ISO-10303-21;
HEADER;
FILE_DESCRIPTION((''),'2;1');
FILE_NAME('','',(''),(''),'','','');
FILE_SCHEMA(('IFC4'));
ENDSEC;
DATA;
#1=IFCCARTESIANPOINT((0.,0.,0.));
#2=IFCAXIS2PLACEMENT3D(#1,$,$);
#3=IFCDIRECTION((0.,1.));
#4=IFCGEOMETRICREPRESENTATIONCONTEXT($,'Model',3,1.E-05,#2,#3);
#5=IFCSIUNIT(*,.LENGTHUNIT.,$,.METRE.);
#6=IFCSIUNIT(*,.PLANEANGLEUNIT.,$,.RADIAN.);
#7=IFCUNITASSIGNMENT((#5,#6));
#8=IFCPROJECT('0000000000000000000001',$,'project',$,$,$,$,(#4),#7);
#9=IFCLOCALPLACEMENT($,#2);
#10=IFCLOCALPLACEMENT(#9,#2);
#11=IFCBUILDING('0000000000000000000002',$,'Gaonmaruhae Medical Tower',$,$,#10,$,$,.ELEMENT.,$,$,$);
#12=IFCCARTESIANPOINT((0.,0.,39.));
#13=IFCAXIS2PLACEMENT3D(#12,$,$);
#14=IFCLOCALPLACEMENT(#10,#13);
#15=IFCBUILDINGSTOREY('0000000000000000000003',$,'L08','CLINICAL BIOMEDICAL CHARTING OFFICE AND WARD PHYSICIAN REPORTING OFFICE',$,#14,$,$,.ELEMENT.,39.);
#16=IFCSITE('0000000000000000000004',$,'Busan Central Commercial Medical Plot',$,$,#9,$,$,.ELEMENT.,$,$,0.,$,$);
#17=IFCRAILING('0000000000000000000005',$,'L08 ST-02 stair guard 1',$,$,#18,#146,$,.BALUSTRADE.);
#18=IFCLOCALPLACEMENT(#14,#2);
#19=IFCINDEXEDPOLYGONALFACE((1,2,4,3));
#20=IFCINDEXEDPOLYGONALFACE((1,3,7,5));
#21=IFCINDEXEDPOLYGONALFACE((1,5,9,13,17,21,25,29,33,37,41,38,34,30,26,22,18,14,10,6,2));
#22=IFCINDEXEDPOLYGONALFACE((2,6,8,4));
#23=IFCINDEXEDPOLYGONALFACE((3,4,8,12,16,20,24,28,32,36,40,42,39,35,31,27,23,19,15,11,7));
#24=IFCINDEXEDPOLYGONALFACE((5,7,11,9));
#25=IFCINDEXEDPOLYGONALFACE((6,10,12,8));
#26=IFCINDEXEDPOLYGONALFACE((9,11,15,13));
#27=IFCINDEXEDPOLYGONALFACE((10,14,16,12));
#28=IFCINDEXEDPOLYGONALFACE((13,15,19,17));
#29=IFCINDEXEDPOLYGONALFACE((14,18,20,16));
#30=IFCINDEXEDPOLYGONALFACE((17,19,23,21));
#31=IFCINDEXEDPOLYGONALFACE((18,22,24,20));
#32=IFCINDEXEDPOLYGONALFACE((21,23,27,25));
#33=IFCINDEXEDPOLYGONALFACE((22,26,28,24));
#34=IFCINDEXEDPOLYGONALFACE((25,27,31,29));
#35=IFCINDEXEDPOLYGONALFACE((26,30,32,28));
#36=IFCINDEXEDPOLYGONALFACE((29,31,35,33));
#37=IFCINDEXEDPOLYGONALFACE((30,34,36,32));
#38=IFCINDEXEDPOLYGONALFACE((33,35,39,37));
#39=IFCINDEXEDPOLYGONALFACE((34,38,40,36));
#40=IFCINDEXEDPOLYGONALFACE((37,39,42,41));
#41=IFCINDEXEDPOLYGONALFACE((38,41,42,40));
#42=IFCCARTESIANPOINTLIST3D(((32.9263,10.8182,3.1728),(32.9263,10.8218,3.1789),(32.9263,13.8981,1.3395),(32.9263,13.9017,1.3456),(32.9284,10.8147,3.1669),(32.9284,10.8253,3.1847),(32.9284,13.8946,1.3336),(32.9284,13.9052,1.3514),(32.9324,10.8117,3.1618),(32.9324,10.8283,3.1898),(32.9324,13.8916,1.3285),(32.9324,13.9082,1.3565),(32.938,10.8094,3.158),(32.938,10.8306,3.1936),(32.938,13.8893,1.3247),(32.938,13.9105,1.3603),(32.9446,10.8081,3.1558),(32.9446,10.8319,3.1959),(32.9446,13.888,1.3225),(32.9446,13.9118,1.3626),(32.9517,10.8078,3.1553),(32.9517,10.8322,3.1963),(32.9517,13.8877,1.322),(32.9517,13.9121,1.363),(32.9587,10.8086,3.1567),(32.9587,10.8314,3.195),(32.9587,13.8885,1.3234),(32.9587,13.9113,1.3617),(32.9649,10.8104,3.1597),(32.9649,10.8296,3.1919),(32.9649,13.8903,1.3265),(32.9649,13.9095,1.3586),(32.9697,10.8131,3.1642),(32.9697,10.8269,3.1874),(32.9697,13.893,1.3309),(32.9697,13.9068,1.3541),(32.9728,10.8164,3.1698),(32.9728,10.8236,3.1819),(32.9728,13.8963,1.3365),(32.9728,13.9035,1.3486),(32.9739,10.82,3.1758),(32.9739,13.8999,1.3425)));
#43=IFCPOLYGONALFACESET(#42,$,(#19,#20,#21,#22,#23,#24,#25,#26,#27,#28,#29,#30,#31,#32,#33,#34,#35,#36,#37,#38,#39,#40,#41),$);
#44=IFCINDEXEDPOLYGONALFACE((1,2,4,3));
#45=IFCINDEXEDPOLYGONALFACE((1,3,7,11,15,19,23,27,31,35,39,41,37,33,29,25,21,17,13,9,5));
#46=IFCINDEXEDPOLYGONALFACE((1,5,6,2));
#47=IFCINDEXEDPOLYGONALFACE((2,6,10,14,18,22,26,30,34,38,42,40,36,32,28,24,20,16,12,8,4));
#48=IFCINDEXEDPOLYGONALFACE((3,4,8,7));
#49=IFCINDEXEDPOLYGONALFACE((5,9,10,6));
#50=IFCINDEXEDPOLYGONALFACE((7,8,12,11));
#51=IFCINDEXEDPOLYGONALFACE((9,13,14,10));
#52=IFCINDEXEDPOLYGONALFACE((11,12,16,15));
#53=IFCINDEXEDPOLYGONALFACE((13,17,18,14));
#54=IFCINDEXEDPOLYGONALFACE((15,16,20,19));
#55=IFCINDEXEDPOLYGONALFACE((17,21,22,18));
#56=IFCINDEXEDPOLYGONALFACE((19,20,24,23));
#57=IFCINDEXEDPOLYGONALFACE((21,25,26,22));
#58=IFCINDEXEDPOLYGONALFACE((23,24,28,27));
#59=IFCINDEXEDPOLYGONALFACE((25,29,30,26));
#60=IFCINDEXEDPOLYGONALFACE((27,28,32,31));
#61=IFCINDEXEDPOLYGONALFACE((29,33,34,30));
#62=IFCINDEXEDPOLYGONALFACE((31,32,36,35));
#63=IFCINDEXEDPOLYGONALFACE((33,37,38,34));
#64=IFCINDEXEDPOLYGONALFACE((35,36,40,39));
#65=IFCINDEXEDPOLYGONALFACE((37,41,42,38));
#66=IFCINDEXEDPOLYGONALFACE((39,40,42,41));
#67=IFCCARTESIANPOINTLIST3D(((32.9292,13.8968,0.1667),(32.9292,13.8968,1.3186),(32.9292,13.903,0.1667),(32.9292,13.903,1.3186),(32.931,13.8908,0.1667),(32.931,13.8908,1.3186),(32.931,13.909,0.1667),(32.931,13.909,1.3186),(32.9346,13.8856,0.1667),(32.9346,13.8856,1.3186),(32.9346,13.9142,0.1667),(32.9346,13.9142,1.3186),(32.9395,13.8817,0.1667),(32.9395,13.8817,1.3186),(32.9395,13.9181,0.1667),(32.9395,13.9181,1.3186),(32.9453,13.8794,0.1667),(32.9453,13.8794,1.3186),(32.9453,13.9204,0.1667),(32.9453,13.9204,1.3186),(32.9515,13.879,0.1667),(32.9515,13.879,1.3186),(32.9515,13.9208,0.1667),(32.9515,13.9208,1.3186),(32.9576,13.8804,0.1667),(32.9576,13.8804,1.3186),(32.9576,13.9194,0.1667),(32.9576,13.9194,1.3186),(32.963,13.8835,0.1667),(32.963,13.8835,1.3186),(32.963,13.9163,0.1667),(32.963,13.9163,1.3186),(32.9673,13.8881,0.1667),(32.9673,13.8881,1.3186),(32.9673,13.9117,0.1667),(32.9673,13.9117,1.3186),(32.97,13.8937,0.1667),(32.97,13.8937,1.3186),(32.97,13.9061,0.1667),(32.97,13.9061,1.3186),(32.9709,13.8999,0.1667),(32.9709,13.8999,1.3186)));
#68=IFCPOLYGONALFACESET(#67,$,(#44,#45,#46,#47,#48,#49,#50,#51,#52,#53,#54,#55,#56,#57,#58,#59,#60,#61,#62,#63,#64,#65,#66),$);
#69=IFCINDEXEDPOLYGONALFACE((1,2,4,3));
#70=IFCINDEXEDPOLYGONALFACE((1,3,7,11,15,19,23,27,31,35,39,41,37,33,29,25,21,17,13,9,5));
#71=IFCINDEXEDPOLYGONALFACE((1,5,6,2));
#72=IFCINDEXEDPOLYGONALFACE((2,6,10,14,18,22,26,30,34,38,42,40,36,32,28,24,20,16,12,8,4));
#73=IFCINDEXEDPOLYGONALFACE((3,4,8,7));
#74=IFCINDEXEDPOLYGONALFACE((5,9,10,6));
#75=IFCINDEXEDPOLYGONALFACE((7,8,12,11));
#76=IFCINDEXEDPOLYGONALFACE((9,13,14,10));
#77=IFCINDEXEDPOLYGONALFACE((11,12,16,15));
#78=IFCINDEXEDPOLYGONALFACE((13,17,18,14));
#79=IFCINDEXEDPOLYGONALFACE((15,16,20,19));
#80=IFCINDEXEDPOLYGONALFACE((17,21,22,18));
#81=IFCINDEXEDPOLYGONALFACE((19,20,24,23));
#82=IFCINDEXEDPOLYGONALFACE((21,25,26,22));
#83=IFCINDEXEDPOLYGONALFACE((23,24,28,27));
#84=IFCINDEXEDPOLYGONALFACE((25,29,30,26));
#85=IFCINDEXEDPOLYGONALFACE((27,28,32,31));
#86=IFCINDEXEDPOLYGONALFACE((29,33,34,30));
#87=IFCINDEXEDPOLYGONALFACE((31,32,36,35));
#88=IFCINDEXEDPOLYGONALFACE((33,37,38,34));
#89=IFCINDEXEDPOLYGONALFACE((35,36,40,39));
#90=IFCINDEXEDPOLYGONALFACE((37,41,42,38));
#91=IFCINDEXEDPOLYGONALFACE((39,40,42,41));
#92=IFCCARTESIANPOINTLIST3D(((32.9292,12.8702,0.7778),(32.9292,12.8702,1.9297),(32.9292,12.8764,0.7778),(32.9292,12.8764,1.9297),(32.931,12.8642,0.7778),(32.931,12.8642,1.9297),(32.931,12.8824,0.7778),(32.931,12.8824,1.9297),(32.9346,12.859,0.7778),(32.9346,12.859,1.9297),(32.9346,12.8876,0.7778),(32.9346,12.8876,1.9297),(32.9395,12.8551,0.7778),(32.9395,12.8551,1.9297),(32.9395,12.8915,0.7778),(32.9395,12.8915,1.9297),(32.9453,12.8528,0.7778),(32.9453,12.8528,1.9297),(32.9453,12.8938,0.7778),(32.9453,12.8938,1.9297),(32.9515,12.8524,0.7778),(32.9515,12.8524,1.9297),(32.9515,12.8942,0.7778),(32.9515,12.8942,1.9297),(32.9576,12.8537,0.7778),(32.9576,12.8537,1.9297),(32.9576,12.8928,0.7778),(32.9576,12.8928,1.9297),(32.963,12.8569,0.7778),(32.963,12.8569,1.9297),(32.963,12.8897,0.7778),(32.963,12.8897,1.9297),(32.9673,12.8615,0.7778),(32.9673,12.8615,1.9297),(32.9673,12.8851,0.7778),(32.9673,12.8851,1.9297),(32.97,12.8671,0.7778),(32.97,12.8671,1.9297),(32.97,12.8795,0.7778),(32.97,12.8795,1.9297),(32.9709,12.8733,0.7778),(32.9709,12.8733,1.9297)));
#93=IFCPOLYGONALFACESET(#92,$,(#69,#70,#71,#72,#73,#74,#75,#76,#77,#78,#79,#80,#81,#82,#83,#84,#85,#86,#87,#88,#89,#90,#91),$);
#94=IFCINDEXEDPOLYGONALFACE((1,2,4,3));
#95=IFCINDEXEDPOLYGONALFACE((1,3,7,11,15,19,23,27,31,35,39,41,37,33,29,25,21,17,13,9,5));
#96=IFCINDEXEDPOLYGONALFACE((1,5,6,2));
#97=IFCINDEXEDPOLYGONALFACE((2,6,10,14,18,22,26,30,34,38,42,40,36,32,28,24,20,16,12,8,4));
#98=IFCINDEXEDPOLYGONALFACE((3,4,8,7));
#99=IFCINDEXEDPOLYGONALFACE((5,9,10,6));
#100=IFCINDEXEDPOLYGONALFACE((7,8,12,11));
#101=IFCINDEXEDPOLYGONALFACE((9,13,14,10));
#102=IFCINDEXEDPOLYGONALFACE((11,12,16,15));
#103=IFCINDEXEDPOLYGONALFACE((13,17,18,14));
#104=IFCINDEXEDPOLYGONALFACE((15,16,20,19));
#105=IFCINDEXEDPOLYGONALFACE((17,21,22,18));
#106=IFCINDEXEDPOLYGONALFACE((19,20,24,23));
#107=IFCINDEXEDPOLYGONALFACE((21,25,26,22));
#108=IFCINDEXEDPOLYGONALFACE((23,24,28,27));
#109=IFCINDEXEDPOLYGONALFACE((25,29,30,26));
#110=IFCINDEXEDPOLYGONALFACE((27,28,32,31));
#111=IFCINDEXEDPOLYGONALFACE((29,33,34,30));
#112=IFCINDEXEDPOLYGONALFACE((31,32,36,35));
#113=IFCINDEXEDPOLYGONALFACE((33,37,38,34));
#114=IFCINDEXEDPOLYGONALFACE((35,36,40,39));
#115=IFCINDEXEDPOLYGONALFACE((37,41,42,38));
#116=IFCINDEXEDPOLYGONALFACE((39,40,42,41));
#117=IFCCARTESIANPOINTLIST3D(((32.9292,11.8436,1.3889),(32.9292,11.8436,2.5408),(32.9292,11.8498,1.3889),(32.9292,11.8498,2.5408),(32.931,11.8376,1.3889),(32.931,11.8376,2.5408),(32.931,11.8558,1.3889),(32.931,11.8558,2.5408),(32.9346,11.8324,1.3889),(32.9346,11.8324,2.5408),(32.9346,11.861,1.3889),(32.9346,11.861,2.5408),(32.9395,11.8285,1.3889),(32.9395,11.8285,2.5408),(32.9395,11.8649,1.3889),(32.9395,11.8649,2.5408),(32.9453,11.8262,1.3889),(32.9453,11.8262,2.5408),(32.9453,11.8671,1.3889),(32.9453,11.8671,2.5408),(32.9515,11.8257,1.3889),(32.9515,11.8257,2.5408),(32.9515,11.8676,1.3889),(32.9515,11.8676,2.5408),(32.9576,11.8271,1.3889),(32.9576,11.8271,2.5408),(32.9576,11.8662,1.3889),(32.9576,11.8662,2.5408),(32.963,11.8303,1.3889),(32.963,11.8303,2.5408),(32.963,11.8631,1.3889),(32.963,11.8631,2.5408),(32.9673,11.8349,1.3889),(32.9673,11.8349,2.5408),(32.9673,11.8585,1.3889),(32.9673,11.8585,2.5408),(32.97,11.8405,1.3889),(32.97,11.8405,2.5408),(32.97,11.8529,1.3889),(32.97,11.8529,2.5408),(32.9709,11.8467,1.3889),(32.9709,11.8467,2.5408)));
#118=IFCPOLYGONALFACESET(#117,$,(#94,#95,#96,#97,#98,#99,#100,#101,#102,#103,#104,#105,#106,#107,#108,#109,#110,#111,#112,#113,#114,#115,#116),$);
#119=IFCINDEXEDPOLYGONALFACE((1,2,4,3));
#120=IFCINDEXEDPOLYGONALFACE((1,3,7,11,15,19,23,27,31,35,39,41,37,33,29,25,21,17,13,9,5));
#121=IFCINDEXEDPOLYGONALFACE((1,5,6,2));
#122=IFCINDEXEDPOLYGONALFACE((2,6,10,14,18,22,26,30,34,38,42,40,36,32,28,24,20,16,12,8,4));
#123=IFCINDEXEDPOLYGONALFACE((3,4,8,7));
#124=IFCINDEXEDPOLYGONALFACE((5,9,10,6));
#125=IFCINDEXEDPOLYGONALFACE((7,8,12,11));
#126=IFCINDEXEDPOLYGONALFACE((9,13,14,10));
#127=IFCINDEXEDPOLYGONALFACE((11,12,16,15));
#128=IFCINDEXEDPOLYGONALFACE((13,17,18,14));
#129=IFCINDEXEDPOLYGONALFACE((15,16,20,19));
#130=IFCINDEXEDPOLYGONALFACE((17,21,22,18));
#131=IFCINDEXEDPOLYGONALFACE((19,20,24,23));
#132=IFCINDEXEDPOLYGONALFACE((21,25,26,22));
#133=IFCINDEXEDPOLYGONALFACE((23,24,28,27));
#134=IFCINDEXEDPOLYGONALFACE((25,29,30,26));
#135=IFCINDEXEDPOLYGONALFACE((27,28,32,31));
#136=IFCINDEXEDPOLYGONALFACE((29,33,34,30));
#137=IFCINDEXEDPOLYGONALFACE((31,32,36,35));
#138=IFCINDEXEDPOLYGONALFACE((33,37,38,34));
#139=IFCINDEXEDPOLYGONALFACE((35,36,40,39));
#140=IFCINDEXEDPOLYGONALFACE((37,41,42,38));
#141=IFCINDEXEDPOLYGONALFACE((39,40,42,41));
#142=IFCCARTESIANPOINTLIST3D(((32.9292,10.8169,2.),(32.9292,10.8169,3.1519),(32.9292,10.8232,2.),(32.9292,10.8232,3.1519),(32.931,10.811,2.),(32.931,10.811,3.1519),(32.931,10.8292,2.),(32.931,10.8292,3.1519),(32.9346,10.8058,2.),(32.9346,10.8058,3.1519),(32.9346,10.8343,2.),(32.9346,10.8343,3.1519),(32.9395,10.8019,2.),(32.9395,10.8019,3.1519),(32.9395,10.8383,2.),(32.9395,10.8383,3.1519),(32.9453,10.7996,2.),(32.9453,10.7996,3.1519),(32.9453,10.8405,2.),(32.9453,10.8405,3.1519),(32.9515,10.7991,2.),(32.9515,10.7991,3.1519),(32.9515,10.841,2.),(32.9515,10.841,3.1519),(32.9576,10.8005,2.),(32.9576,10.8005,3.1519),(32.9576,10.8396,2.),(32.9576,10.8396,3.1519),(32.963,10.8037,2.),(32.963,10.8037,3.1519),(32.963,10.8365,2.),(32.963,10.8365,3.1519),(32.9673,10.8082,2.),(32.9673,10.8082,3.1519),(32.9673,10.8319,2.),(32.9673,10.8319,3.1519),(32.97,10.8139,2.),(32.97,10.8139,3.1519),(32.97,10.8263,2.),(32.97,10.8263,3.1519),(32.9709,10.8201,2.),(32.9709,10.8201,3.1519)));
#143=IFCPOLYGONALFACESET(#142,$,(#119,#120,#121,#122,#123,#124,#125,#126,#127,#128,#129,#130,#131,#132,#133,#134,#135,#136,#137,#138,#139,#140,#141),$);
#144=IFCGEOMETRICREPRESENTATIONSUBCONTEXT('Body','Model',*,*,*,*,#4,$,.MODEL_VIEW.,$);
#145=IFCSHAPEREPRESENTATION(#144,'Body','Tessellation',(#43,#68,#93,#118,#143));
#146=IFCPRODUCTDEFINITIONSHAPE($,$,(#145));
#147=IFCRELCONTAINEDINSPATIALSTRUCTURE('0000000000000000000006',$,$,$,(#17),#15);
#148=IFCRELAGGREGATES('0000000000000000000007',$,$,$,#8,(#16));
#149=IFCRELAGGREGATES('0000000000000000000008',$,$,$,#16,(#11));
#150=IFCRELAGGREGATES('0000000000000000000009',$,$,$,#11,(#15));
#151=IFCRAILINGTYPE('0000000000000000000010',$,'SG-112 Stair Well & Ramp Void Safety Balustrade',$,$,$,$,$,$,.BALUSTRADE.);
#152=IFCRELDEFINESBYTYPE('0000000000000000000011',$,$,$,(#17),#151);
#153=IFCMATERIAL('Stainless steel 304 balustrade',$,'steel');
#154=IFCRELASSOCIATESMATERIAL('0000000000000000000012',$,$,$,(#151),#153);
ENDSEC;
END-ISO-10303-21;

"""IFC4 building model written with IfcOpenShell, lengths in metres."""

from ifc_helpers import new_model, si_unit, direction, frame, origin, origin_2d, place, context, subcontext, project, spatial, circle, extrude, material, type_object, element, save


model = new_model("IFC4")

# Units and contexts
model_context = context("Model", 3, precision=1e-05, world=origin(), true_north=direction((0.0, 1.0)))
body_context = subcontext(model_context, "Body", "Model", "MODEL_VIEW")
ifc_project = project(units=[si_unit("LENGTHUNIT", "METRE"), si_unit("PLANEANGLEUNIT", "RADIAN")], contexts=[model_context])

# Site, building, storey
site_placement = place(None, origin())
site = spatial("IfcSite", under=ifc_project, at=site_placement, Name="Busan Central Commercial Medical Plot", CompositionType="ELEMENT", RefElevation=0.0)
building_placement = place(site_placement, origin())
building = spatial("IfcBuilding", under=site, at=building_placement, Name="Gaonmaruhae Medical Tower", CompositionType="ELEMENT")
storey_placement = place(building_placement, frame((0.0, 0.0, 39.0)))
storey = spatial("IfcBuildingStorey", under=building, at=storey_placement, Name="L08", Description="CLINICAL BIOMEDICAL CHARTING OFFICE AND WARD PHYSICIAN REPORTING OFFICE", CompositionType="ELEMENT", Elevation=39.0)

# Railing
ifc_material_1 = material(Name="Stainless steel 304 balustrade", Category="steel")
railing_type_1 = type_object("IfcRailingType", Name="SG-112 Stair Well & Ramp Void Safety Balustrade", PredefinedType="BALUSTRADE", material=ifc_material_1)
railing_1_placement = place(storey_placement, frame((32.95, 13.8999, 0.1667)))
element("IfcRailing", 1, at=railing_1_placement, inside=storey, type_object=railing_type_1, Name="L08 ST-02 stair guard 1", PredefinedType="BALUSTRADE", context=body_context, shape_type="SweptSolid", body=[
    extrude(circle(Radius=0.0239, at=origin_2d()), frame((0.0, 0.0, 1.1758), z_axis=(0.0, -0.859291, 0.511487), x_axis=(1.0, 0.0, 0.0)), (0.0, 0.0, 1.0), 3.5842),
    extrude(circle(Radius=0.021, at=origin_2d()), origin(), (0.0, 0.0, 1.0), 1.1519),
    extrude(circle(Radius=0.021, at=origin_2d()), frame((0.0, -1.0266, 0.6111)), (0.0, 0.0, 1.0), 1.1519),
    extrude(circle(Radius=0.021, at=origin_2d()), frame((0.0, -2.0532, 1.2222)), (0.0, 0.0, 1.0), 1.1519),
    extrude(circle(Radius=0.021, at=origin_2d()), frame((0.0, -3.0798, 1.8333)), (0.0, 0.0, 1.0), 1.1519),
])

save(model, "model.ifc")
